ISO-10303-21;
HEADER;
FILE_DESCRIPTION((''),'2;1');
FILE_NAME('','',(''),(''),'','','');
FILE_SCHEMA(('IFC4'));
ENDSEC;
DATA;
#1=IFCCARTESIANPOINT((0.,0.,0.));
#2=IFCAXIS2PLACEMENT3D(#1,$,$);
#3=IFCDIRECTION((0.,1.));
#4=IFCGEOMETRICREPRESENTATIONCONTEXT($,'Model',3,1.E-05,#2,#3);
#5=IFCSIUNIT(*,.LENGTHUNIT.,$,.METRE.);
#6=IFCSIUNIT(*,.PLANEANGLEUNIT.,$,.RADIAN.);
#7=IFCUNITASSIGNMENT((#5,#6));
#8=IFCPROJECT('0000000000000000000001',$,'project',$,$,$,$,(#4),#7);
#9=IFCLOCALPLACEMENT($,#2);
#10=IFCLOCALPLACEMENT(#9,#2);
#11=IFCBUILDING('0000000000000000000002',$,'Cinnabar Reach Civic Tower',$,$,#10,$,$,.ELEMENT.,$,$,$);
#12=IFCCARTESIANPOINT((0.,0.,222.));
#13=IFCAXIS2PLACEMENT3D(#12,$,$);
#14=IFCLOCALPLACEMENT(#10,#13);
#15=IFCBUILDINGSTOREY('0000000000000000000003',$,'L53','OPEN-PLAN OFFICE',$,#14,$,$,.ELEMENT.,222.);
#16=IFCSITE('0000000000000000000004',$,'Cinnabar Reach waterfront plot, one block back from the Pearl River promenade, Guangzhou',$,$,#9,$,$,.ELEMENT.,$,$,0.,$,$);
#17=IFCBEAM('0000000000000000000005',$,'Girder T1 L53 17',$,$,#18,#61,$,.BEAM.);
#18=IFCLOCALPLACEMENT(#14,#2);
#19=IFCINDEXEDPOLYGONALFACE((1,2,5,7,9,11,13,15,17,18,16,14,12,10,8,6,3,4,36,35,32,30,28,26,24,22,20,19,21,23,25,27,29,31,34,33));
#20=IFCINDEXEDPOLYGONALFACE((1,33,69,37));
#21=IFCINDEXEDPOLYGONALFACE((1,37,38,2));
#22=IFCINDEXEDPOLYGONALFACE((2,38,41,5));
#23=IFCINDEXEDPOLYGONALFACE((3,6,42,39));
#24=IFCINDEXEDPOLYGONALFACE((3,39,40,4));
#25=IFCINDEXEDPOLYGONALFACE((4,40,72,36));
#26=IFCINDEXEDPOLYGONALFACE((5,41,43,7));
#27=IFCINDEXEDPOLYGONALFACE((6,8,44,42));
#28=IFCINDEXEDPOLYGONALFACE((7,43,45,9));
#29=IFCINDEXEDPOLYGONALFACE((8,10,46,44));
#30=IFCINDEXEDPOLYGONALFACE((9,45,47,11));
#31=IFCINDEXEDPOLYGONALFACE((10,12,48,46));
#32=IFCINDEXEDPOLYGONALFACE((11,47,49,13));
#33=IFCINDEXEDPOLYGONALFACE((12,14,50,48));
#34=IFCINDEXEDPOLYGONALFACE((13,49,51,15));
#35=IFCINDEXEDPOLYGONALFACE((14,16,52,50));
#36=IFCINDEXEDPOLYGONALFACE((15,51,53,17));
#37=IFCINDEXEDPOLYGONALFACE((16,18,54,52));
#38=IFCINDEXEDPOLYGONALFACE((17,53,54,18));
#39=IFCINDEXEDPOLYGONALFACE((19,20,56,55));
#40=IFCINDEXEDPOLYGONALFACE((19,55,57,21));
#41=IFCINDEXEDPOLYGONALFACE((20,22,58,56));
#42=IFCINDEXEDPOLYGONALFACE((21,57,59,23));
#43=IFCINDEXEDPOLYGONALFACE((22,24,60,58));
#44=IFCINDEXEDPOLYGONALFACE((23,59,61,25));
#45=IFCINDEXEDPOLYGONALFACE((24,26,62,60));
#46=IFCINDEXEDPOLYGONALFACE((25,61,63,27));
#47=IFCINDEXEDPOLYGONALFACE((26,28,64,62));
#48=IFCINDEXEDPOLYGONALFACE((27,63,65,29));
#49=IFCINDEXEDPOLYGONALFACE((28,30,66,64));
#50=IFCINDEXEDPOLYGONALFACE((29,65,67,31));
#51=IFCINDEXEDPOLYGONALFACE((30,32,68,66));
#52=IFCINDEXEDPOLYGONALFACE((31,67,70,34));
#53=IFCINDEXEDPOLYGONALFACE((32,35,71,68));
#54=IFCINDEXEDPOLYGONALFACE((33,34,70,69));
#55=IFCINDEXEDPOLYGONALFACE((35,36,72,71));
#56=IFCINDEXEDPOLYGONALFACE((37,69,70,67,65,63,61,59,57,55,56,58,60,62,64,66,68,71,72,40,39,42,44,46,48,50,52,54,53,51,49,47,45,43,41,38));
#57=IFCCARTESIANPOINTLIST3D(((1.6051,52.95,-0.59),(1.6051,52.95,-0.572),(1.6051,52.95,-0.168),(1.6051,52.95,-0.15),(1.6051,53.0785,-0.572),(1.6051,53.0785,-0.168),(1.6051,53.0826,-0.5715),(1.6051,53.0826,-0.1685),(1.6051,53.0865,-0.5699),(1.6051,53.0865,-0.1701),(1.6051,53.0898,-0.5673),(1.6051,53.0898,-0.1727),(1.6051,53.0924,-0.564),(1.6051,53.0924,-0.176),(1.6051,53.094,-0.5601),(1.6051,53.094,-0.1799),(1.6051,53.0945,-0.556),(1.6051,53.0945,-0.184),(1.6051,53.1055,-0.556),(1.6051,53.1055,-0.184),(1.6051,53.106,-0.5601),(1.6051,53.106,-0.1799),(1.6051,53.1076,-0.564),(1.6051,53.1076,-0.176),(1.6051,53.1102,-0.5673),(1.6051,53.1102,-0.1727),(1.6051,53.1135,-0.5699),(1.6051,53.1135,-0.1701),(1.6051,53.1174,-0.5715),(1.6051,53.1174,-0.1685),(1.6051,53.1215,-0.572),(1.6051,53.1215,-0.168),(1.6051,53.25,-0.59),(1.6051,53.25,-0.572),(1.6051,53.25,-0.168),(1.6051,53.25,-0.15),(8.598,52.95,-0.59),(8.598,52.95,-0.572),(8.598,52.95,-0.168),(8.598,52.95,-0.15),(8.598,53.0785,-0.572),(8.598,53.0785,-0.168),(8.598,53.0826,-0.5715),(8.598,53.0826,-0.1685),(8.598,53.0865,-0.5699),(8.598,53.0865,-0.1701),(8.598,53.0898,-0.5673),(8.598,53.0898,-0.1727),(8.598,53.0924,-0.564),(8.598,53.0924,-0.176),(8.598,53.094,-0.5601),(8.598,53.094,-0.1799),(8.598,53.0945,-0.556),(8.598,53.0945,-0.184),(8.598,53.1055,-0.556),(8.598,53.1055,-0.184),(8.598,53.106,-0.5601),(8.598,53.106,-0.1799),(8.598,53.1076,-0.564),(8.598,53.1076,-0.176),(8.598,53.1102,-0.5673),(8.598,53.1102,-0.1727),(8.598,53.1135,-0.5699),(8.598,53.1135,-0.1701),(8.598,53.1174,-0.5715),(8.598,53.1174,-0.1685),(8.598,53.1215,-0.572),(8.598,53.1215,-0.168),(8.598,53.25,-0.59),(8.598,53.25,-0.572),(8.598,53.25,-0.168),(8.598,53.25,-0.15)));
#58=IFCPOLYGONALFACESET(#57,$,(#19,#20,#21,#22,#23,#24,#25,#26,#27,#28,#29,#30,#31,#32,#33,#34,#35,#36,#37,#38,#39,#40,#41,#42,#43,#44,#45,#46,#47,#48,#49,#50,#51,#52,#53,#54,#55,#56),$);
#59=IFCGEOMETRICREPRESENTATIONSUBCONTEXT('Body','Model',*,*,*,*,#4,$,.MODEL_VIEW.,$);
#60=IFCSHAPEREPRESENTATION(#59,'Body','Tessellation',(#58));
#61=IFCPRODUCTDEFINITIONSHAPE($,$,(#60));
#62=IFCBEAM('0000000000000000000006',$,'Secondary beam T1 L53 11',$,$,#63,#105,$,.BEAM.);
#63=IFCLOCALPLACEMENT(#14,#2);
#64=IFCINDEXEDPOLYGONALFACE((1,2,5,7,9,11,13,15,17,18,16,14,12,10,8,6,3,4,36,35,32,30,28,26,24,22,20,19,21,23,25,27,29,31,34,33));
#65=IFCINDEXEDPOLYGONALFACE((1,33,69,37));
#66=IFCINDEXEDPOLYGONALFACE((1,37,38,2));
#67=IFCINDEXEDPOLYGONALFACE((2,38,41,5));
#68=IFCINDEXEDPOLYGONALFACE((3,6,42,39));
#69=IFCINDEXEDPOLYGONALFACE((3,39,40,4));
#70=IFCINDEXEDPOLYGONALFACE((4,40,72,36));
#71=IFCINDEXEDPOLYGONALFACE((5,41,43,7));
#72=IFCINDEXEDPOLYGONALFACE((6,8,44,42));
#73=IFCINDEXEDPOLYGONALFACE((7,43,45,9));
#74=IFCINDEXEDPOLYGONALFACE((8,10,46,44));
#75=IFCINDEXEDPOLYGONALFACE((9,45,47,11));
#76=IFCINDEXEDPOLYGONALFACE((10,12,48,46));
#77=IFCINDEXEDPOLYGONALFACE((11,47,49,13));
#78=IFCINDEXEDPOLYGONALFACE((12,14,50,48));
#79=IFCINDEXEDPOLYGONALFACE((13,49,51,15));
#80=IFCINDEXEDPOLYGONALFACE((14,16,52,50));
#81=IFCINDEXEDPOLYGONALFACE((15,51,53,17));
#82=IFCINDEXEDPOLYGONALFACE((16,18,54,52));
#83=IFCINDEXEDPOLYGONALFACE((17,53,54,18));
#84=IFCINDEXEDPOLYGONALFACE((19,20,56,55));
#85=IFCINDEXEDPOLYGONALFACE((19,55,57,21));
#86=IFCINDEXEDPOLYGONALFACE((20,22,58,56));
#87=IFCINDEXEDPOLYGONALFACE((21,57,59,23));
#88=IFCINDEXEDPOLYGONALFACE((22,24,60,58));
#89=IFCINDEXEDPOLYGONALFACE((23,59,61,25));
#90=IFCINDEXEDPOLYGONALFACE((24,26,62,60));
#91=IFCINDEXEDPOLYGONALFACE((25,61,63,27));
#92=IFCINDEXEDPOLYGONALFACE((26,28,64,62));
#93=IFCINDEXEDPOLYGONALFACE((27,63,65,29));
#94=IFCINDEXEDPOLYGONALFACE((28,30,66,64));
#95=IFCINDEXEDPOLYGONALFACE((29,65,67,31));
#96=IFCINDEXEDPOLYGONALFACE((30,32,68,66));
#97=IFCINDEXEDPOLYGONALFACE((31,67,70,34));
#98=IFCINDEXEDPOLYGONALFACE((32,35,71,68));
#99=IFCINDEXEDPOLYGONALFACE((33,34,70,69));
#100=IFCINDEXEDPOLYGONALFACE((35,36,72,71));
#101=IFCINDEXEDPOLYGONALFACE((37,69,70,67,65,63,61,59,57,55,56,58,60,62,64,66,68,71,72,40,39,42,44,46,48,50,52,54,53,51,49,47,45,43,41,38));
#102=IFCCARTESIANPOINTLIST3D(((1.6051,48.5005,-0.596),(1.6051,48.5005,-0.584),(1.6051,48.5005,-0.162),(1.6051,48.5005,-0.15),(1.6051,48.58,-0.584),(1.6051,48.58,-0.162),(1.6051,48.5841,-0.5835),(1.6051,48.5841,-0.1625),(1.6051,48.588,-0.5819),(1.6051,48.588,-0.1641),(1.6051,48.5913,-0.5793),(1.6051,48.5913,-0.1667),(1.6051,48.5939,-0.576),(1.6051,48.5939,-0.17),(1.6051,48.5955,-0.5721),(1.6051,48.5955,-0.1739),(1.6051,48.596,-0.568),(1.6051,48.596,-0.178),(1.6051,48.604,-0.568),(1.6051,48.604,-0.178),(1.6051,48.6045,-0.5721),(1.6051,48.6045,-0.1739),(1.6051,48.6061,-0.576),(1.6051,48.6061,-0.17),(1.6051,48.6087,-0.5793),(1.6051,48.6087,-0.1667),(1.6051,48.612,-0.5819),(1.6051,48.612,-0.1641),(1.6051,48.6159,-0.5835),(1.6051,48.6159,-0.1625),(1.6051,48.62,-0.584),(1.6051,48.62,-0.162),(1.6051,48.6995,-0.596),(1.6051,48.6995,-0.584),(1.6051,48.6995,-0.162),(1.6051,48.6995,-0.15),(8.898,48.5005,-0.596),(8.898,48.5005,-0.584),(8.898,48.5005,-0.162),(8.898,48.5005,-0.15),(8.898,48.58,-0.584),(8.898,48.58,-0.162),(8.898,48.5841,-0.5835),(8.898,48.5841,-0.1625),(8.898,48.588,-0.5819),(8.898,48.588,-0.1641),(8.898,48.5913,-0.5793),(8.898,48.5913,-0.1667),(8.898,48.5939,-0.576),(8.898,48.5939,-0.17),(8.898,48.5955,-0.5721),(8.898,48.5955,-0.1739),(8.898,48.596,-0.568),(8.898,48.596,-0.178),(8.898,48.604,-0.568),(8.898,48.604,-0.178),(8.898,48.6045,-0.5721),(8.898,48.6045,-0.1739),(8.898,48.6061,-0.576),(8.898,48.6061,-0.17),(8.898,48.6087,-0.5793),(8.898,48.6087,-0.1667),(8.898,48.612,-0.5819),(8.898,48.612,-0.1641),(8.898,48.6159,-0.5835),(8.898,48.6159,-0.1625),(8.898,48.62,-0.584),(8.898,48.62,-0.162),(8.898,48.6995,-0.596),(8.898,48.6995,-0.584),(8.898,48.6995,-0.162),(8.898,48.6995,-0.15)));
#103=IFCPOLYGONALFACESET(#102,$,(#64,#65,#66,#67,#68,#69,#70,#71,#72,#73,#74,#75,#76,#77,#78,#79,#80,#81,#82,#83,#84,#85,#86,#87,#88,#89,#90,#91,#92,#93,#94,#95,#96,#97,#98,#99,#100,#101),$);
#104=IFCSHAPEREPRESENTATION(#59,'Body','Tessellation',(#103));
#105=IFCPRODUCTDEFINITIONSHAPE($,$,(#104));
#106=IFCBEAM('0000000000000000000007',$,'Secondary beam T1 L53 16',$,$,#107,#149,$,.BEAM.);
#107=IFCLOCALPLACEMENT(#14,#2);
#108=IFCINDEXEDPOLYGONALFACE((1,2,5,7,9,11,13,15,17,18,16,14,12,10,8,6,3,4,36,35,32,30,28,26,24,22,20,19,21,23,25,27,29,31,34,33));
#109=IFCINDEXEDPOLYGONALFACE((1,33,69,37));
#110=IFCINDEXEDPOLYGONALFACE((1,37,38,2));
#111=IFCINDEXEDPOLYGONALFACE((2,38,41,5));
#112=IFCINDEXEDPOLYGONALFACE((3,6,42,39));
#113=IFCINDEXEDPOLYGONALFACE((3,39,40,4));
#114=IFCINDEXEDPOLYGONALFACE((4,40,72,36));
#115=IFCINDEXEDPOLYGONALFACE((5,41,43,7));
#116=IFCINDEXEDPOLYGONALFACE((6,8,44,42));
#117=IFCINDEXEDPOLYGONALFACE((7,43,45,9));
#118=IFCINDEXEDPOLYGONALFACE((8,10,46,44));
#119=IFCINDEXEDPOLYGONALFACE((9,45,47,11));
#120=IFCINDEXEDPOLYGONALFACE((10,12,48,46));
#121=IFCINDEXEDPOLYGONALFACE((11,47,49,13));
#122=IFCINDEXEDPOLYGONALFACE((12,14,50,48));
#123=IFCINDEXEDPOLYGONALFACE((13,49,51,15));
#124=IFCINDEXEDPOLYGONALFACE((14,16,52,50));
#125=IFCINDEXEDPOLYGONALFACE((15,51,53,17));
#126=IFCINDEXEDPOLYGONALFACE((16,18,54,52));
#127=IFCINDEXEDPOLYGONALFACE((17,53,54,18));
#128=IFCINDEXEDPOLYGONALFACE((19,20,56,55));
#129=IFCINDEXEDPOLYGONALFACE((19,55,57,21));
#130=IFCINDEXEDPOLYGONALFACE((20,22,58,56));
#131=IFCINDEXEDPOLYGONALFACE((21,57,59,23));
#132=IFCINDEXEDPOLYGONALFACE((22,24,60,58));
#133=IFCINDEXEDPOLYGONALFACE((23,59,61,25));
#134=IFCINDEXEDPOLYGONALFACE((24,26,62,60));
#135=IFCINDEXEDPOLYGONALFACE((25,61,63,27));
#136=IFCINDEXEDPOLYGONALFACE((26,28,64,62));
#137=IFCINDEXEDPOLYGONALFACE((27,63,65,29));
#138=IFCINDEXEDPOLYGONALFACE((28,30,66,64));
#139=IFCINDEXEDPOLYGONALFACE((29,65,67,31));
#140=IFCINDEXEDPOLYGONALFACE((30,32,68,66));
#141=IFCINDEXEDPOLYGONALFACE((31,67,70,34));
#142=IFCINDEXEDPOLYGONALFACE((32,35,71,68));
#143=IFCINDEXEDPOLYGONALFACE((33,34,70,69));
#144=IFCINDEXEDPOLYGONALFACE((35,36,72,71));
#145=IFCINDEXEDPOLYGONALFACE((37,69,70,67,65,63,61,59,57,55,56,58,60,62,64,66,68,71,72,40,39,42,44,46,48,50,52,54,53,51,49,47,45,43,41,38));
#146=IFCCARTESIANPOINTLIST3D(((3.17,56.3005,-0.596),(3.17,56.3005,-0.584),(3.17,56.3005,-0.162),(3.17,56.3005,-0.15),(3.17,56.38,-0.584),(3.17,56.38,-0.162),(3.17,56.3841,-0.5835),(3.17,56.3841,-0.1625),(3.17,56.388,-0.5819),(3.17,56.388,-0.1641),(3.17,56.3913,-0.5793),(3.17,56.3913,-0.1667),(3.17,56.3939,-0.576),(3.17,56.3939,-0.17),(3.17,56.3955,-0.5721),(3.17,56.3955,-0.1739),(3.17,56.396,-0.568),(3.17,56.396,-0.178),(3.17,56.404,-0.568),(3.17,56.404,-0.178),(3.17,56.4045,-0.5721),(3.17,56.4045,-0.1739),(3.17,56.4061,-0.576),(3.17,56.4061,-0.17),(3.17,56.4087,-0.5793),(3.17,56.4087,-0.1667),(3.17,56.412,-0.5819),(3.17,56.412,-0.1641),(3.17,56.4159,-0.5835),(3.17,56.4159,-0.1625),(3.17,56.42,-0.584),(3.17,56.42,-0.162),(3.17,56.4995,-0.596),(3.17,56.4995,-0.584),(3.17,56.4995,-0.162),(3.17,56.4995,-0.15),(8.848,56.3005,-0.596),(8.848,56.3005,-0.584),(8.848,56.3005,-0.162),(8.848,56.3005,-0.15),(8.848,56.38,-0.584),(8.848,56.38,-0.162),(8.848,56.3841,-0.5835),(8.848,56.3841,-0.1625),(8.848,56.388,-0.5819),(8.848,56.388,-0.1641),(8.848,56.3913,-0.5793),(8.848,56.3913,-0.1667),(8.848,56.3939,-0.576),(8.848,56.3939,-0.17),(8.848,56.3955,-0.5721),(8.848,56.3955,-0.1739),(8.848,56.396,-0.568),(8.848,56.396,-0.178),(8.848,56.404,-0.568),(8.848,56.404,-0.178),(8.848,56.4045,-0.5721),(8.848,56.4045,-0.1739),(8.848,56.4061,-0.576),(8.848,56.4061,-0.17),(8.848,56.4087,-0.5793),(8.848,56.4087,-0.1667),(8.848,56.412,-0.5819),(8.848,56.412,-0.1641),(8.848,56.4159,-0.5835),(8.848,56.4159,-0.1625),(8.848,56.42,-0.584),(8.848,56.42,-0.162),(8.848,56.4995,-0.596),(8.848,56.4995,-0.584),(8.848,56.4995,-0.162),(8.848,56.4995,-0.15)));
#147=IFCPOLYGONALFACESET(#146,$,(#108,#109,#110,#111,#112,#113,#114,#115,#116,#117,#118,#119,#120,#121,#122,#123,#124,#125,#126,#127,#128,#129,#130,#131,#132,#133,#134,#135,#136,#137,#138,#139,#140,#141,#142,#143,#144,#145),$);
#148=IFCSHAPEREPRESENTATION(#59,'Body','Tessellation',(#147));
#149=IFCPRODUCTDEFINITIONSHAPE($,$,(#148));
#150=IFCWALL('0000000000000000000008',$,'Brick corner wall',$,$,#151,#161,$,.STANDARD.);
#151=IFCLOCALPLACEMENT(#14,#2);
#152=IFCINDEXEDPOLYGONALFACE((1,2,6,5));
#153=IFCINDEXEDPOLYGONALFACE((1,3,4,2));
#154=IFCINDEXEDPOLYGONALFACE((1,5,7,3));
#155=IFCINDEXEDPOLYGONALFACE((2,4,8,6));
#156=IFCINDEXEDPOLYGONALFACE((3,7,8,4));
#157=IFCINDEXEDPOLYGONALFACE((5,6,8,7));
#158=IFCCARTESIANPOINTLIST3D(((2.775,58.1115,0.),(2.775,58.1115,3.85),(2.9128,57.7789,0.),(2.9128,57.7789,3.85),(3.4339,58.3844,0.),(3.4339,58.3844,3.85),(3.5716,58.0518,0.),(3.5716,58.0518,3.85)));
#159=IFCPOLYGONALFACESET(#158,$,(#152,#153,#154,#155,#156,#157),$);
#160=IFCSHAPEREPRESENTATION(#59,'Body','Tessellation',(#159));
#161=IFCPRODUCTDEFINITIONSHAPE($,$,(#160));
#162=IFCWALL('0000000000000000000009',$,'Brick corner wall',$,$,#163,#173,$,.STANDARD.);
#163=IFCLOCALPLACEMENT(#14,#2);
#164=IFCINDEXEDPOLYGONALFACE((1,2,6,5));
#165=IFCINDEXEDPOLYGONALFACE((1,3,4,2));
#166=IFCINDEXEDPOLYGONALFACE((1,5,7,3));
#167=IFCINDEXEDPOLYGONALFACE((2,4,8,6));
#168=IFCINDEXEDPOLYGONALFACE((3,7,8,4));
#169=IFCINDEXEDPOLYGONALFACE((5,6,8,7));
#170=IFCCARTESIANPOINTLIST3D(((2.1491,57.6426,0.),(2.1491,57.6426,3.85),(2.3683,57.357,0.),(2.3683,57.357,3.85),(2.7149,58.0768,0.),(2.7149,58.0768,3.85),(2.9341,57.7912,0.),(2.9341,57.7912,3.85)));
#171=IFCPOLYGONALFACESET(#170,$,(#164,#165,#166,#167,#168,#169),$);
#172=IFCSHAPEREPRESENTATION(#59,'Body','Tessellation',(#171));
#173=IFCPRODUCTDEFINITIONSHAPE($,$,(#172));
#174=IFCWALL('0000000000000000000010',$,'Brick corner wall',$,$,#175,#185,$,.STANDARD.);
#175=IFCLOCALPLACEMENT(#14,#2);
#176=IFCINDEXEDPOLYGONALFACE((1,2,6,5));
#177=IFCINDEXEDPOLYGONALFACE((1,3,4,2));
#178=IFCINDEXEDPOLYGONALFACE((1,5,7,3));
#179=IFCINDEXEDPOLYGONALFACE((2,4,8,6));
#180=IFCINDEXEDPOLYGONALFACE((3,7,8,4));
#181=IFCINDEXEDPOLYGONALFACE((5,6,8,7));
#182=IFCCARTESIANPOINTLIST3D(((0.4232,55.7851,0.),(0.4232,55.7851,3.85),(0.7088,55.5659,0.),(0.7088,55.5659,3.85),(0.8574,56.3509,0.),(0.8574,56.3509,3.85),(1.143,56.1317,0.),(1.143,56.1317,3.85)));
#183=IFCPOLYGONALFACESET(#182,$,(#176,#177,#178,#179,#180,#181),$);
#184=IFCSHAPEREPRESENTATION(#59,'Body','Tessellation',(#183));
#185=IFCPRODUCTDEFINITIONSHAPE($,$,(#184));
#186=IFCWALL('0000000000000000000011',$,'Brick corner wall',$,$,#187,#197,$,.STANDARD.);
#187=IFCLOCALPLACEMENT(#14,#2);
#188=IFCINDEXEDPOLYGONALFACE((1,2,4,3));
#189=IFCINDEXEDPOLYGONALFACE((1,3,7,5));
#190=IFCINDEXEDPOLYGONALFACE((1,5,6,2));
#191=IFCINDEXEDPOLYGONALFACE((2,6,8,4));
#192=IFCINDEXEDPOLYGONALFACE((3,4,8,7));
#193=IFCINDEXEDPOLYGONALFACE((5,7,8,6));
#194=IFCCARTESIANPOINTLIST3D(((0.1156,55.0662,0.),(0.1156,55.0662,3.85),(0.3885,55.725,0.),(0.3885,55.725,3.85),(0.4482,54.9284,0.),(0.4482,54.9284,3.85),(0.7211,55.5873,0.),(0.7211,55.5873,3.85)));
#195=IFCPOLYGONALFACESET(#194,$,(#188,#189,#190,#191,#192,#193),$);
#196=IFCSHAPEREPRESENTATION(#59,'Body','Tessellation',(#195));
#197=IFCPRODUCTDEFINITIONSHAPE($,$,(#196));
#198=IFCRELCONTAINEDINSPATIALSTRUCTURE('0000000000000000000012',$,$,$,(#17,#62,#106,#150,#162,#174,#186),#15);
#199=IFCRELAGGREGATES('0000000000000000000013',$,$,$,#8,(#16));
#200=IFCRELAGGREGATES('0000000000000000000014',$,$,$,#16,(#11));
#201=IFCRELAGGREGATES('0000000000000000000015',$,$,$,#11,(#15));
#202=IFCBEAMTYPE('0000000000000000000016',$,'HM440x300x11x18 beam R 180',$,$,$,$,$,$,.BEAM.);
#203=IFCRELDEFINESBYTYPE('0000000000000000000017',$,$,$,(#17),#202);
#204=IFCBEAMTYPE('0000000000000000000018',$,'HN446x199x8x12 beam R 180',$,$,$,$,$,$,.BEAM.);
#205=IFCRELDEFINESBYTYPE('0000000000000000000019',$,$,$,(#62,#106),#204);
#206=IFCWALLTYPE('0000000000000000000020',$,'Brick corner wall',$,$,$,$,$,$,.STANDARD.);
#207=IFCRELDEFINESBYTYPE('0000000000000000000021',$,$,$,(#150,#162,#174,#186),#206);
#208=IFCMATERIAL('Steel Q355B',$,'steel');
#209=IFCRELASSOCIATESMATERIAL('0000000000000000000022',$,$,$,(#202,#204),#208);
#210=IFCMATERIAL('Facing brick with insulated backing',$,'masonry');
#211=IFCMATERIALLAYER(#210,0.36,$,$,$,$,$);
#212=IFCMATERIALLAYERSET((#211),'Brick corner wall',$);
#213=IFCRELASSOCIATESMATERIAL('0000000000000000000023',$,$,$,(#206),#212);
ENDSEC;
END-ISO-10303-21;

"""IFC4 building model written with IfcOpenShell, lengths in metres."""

from ifc_helpers import new_model, si_unit, direction, frame, frame_2d, origin, origin_2d, place, context, subcontext, project, spatial, rectangle, i_section, extrude, material, layer, layer_set, material_profile, profile_set, type_object, element, save


model = new_model("IFC4")

# Units and contexts
model_context = context("Model", 3, precision=1e-05, world=origin(), true_north=direction((0.0, 1.0)))
body_context = subcontext(model_context, "Body", "Model", "MODEL_VIEW")
ifc_project = project(units=[si_unit("LENGTHUNIT", "METRE"), si_unit("PLANEANGLEUNIT", "RADIAN")], contexts=[model_context])

# Site, building, storey
site_placement = place(None, origin())
site = spatial("IfcSite", under=ifc_project, at=site_placement, Name="Cinnabar Reach waterfront plot, one block back from the Pearl River promenade, Guangzhou", CompositionType="ELEMENT", RefElevation=0.0)
building_placement = place(site_placement, origin())
building = spatial("IfcBuilding", under=site, at=building_placement, Name="Cinnabar Reach Civic Tower", CompositionType="ELEMENT")
storey_placement = place(building_placement, frame((0.0, 0.0, 222.0)))
storey = spatial("IfcBuildingStorey", under=building, at=storey_placement, Name="L53", Description="OPEN-PLAN OFFICE", CompositionType="ELEMENT", Elevation=222.0)

# Beams
ifc_material_1 = material(Name="Steel Q355B", Category="steel")
ifc_material_profile_1 = material_profile(ifc_material_1, i_section(OverallWidth=0.3, OverallDepth=0.44, WebThickness=0.011, FlangeThickness=0.018, FilletRadius=0.016, at=origin_2d()), Name="HM440x300x11x18")
ifc_profile_set_1 = profile_set([ifc_material_profile_1], Name="Steel Q355B")
beam_type_1 = type_object("IfcBeamType", Name="HM440x300x11x18 beam R 180", PredefinedType="BEAM", material=ifc_profile_set_1)
beam_1_placement = place(storey_placement, frame((1.6051, 53.1, -0.37), z_axis=(1.0, 0.0, 0.0), x_axis=(0.0, 1.0, 0.0)))
element("IfcBeam", 1, at=beam_1_placement, inside=storey, type_object=beam_type_1, Name="Girder T1 L53 17", PredefinedType="BEAM", context=body_context, shape_type="SweptSolid", body=[
    extrude(i_section(OverallWidth=0.3, OverallDepth=0.44, WebThickness=0.011, FlangeThickness=0.018, FilletRadius=0.016, at=origin_2d()), origin(), (0.0, 0.0, 1.0), 6.9929),
])
ifc_material_profile_2 = material_profile(ifc_material_1, i_section(OverallWidth=0.199, OverallDepth=0.446, WebThickness=0.008, FlangeThickness=0.012, FilletRadius=0.016, at=origin_2d()), Name="HN446x199x8x12")
ifc_profile_set_2 = profile_set([ifc_material_profile_2], Name="Steel Q355B")
beam_type_2 = type_object("IfcBeamType", Name="HN446x199x8x12 beam R 180", PredefinedType="BEAM", material=ifc_profile_set_2)
beam_2_placement = place(storey_placement, frame((1.6051, 48.6, -0.373), z_axis=(1.0, 0.0, 0.0), x_axis=(0.0, 1.0, 0.0)))
element("IfcBeam", 2, at=beam_2_placement, inside=storey, type_object=beam_type_2, Name="Secondary beam T1 L53 11", PredefinedType="BEAM", context=body_context, shape_type="SweptSolid", body=[
    extrude(i_section(OverallWidth=0.199, OverallDepth=0.446, WebThickness=0.008, FlangeThickness=0.012, FilletRadius=0.016, at=origin_2d()), origin(), (0.0, 0.0, 1.0), 7.2929),
])
beam_3_placement = place(storey_placement, frame((3.17, 56.4, -0.373), z_axis=(1.0, 0.0, 0.0), x_axis=(0.0, 1.0, 0.0)))
element("IfcBeam", 3, at=beam_3_placement, inside=storey, type_object=beam_type_2, Name="Secondary beam T1 L53 16", PredefinedType="BEAM", context=body_context, shape_type="SweptSolid", body=[
    extrude(i_section(OverallWidth=0.199, OverallDepth=0.446, WebThickness=0.008, FlangeThickness=0.012, FilletRadius=0.016, at=origin_2d()), origin(), (0.0, 0.0, 1.0), 5.678),
])

# Walls
ifc_material_2 = material(Name="Facing brick with insulated backing", Category="masonry")
ifc_layer_1 = layer(ifc_material_2, 0.36)
ifc_layer_set_1 = layer_set([ifc_layer_1], Name="Brick corner wall")
wall_type_1 = type_object("IfcWallType", Name="Brick corner wall", PredefinedType="STANDARD", material=ifc_layer_set_1)
wall_1_placement = place(storey_placement, frame((3.5027, 58.2181, 0.0), z_axis=(0.0, 0.0, 1.0), x_axis=(-0.923872, -0.382703, 0.0)))
element("IfcWall", 4, at=wall_1_placement, inside=storey, type_object=wall_type_1, Name="Brick corner wall", PredefinedType="STANDARD", context=body_context, shape_type="SweptSolid", body=[
    extrude(rectangle(XDim=0.7131, YDim=0.36, at=frame_2d((0.3565, 0.0))), origin(), (0.0, 0.0, 1.0), 3.85),
])
for number, where, z_axis, x_axis, name in (
    (5, (2.8245, 57.934, 0.0), (0.0, 0.0, 1.0), (-0.793322, -0.608802, 0.0), "Brick corner wall"),
    (6, (1.0002, 56.2413, 0.0), (0.0, 0.0, 1.0), (-0.608802, -0.793322, 0.0), "Brick corner wall"),
):
    element("IfcWall", number, at=place(storey_placement, frame(where, z_axis=z_axis, x_axis=x_axis)), inside=storey, type_object=wall_type_1, Name=name, PredefinedType="STANDARD", context=body_context, shape_type="SweptSolid", body=[
        extrude(rectangle(XDim=0.7132, YDim=0.36, at=frame_2d((0.3566, 0.0))), origin(), (0.0, 0.0, 1.0), 3.85),
    ])
for number, where, z_axis, x_axis, name in (
    (7, (0.5548, 55.6561, 0.0), (0.0, 0.0, 1.0), (-0.382703, -0.923872, 0.0), "Brick corner wall"),
):
    element("IfcWall", number, at=place(storey_placement, frame(where, z_axis=z_axis, x_axis=x_axis)), inside=storey, type_object=wall_type_1, Name=name, PredefinedType="STANDARD", context=body_context, shape_type="SweptSolid", body=[
        extrude(rectangle(XDim=0.7131, YDim=0.36, at=frame_2d((0.3565, 0.0))), origin(), (0.0, 0.0, 1.0), 3.85),
    ])

save(model, "model.ifc")
